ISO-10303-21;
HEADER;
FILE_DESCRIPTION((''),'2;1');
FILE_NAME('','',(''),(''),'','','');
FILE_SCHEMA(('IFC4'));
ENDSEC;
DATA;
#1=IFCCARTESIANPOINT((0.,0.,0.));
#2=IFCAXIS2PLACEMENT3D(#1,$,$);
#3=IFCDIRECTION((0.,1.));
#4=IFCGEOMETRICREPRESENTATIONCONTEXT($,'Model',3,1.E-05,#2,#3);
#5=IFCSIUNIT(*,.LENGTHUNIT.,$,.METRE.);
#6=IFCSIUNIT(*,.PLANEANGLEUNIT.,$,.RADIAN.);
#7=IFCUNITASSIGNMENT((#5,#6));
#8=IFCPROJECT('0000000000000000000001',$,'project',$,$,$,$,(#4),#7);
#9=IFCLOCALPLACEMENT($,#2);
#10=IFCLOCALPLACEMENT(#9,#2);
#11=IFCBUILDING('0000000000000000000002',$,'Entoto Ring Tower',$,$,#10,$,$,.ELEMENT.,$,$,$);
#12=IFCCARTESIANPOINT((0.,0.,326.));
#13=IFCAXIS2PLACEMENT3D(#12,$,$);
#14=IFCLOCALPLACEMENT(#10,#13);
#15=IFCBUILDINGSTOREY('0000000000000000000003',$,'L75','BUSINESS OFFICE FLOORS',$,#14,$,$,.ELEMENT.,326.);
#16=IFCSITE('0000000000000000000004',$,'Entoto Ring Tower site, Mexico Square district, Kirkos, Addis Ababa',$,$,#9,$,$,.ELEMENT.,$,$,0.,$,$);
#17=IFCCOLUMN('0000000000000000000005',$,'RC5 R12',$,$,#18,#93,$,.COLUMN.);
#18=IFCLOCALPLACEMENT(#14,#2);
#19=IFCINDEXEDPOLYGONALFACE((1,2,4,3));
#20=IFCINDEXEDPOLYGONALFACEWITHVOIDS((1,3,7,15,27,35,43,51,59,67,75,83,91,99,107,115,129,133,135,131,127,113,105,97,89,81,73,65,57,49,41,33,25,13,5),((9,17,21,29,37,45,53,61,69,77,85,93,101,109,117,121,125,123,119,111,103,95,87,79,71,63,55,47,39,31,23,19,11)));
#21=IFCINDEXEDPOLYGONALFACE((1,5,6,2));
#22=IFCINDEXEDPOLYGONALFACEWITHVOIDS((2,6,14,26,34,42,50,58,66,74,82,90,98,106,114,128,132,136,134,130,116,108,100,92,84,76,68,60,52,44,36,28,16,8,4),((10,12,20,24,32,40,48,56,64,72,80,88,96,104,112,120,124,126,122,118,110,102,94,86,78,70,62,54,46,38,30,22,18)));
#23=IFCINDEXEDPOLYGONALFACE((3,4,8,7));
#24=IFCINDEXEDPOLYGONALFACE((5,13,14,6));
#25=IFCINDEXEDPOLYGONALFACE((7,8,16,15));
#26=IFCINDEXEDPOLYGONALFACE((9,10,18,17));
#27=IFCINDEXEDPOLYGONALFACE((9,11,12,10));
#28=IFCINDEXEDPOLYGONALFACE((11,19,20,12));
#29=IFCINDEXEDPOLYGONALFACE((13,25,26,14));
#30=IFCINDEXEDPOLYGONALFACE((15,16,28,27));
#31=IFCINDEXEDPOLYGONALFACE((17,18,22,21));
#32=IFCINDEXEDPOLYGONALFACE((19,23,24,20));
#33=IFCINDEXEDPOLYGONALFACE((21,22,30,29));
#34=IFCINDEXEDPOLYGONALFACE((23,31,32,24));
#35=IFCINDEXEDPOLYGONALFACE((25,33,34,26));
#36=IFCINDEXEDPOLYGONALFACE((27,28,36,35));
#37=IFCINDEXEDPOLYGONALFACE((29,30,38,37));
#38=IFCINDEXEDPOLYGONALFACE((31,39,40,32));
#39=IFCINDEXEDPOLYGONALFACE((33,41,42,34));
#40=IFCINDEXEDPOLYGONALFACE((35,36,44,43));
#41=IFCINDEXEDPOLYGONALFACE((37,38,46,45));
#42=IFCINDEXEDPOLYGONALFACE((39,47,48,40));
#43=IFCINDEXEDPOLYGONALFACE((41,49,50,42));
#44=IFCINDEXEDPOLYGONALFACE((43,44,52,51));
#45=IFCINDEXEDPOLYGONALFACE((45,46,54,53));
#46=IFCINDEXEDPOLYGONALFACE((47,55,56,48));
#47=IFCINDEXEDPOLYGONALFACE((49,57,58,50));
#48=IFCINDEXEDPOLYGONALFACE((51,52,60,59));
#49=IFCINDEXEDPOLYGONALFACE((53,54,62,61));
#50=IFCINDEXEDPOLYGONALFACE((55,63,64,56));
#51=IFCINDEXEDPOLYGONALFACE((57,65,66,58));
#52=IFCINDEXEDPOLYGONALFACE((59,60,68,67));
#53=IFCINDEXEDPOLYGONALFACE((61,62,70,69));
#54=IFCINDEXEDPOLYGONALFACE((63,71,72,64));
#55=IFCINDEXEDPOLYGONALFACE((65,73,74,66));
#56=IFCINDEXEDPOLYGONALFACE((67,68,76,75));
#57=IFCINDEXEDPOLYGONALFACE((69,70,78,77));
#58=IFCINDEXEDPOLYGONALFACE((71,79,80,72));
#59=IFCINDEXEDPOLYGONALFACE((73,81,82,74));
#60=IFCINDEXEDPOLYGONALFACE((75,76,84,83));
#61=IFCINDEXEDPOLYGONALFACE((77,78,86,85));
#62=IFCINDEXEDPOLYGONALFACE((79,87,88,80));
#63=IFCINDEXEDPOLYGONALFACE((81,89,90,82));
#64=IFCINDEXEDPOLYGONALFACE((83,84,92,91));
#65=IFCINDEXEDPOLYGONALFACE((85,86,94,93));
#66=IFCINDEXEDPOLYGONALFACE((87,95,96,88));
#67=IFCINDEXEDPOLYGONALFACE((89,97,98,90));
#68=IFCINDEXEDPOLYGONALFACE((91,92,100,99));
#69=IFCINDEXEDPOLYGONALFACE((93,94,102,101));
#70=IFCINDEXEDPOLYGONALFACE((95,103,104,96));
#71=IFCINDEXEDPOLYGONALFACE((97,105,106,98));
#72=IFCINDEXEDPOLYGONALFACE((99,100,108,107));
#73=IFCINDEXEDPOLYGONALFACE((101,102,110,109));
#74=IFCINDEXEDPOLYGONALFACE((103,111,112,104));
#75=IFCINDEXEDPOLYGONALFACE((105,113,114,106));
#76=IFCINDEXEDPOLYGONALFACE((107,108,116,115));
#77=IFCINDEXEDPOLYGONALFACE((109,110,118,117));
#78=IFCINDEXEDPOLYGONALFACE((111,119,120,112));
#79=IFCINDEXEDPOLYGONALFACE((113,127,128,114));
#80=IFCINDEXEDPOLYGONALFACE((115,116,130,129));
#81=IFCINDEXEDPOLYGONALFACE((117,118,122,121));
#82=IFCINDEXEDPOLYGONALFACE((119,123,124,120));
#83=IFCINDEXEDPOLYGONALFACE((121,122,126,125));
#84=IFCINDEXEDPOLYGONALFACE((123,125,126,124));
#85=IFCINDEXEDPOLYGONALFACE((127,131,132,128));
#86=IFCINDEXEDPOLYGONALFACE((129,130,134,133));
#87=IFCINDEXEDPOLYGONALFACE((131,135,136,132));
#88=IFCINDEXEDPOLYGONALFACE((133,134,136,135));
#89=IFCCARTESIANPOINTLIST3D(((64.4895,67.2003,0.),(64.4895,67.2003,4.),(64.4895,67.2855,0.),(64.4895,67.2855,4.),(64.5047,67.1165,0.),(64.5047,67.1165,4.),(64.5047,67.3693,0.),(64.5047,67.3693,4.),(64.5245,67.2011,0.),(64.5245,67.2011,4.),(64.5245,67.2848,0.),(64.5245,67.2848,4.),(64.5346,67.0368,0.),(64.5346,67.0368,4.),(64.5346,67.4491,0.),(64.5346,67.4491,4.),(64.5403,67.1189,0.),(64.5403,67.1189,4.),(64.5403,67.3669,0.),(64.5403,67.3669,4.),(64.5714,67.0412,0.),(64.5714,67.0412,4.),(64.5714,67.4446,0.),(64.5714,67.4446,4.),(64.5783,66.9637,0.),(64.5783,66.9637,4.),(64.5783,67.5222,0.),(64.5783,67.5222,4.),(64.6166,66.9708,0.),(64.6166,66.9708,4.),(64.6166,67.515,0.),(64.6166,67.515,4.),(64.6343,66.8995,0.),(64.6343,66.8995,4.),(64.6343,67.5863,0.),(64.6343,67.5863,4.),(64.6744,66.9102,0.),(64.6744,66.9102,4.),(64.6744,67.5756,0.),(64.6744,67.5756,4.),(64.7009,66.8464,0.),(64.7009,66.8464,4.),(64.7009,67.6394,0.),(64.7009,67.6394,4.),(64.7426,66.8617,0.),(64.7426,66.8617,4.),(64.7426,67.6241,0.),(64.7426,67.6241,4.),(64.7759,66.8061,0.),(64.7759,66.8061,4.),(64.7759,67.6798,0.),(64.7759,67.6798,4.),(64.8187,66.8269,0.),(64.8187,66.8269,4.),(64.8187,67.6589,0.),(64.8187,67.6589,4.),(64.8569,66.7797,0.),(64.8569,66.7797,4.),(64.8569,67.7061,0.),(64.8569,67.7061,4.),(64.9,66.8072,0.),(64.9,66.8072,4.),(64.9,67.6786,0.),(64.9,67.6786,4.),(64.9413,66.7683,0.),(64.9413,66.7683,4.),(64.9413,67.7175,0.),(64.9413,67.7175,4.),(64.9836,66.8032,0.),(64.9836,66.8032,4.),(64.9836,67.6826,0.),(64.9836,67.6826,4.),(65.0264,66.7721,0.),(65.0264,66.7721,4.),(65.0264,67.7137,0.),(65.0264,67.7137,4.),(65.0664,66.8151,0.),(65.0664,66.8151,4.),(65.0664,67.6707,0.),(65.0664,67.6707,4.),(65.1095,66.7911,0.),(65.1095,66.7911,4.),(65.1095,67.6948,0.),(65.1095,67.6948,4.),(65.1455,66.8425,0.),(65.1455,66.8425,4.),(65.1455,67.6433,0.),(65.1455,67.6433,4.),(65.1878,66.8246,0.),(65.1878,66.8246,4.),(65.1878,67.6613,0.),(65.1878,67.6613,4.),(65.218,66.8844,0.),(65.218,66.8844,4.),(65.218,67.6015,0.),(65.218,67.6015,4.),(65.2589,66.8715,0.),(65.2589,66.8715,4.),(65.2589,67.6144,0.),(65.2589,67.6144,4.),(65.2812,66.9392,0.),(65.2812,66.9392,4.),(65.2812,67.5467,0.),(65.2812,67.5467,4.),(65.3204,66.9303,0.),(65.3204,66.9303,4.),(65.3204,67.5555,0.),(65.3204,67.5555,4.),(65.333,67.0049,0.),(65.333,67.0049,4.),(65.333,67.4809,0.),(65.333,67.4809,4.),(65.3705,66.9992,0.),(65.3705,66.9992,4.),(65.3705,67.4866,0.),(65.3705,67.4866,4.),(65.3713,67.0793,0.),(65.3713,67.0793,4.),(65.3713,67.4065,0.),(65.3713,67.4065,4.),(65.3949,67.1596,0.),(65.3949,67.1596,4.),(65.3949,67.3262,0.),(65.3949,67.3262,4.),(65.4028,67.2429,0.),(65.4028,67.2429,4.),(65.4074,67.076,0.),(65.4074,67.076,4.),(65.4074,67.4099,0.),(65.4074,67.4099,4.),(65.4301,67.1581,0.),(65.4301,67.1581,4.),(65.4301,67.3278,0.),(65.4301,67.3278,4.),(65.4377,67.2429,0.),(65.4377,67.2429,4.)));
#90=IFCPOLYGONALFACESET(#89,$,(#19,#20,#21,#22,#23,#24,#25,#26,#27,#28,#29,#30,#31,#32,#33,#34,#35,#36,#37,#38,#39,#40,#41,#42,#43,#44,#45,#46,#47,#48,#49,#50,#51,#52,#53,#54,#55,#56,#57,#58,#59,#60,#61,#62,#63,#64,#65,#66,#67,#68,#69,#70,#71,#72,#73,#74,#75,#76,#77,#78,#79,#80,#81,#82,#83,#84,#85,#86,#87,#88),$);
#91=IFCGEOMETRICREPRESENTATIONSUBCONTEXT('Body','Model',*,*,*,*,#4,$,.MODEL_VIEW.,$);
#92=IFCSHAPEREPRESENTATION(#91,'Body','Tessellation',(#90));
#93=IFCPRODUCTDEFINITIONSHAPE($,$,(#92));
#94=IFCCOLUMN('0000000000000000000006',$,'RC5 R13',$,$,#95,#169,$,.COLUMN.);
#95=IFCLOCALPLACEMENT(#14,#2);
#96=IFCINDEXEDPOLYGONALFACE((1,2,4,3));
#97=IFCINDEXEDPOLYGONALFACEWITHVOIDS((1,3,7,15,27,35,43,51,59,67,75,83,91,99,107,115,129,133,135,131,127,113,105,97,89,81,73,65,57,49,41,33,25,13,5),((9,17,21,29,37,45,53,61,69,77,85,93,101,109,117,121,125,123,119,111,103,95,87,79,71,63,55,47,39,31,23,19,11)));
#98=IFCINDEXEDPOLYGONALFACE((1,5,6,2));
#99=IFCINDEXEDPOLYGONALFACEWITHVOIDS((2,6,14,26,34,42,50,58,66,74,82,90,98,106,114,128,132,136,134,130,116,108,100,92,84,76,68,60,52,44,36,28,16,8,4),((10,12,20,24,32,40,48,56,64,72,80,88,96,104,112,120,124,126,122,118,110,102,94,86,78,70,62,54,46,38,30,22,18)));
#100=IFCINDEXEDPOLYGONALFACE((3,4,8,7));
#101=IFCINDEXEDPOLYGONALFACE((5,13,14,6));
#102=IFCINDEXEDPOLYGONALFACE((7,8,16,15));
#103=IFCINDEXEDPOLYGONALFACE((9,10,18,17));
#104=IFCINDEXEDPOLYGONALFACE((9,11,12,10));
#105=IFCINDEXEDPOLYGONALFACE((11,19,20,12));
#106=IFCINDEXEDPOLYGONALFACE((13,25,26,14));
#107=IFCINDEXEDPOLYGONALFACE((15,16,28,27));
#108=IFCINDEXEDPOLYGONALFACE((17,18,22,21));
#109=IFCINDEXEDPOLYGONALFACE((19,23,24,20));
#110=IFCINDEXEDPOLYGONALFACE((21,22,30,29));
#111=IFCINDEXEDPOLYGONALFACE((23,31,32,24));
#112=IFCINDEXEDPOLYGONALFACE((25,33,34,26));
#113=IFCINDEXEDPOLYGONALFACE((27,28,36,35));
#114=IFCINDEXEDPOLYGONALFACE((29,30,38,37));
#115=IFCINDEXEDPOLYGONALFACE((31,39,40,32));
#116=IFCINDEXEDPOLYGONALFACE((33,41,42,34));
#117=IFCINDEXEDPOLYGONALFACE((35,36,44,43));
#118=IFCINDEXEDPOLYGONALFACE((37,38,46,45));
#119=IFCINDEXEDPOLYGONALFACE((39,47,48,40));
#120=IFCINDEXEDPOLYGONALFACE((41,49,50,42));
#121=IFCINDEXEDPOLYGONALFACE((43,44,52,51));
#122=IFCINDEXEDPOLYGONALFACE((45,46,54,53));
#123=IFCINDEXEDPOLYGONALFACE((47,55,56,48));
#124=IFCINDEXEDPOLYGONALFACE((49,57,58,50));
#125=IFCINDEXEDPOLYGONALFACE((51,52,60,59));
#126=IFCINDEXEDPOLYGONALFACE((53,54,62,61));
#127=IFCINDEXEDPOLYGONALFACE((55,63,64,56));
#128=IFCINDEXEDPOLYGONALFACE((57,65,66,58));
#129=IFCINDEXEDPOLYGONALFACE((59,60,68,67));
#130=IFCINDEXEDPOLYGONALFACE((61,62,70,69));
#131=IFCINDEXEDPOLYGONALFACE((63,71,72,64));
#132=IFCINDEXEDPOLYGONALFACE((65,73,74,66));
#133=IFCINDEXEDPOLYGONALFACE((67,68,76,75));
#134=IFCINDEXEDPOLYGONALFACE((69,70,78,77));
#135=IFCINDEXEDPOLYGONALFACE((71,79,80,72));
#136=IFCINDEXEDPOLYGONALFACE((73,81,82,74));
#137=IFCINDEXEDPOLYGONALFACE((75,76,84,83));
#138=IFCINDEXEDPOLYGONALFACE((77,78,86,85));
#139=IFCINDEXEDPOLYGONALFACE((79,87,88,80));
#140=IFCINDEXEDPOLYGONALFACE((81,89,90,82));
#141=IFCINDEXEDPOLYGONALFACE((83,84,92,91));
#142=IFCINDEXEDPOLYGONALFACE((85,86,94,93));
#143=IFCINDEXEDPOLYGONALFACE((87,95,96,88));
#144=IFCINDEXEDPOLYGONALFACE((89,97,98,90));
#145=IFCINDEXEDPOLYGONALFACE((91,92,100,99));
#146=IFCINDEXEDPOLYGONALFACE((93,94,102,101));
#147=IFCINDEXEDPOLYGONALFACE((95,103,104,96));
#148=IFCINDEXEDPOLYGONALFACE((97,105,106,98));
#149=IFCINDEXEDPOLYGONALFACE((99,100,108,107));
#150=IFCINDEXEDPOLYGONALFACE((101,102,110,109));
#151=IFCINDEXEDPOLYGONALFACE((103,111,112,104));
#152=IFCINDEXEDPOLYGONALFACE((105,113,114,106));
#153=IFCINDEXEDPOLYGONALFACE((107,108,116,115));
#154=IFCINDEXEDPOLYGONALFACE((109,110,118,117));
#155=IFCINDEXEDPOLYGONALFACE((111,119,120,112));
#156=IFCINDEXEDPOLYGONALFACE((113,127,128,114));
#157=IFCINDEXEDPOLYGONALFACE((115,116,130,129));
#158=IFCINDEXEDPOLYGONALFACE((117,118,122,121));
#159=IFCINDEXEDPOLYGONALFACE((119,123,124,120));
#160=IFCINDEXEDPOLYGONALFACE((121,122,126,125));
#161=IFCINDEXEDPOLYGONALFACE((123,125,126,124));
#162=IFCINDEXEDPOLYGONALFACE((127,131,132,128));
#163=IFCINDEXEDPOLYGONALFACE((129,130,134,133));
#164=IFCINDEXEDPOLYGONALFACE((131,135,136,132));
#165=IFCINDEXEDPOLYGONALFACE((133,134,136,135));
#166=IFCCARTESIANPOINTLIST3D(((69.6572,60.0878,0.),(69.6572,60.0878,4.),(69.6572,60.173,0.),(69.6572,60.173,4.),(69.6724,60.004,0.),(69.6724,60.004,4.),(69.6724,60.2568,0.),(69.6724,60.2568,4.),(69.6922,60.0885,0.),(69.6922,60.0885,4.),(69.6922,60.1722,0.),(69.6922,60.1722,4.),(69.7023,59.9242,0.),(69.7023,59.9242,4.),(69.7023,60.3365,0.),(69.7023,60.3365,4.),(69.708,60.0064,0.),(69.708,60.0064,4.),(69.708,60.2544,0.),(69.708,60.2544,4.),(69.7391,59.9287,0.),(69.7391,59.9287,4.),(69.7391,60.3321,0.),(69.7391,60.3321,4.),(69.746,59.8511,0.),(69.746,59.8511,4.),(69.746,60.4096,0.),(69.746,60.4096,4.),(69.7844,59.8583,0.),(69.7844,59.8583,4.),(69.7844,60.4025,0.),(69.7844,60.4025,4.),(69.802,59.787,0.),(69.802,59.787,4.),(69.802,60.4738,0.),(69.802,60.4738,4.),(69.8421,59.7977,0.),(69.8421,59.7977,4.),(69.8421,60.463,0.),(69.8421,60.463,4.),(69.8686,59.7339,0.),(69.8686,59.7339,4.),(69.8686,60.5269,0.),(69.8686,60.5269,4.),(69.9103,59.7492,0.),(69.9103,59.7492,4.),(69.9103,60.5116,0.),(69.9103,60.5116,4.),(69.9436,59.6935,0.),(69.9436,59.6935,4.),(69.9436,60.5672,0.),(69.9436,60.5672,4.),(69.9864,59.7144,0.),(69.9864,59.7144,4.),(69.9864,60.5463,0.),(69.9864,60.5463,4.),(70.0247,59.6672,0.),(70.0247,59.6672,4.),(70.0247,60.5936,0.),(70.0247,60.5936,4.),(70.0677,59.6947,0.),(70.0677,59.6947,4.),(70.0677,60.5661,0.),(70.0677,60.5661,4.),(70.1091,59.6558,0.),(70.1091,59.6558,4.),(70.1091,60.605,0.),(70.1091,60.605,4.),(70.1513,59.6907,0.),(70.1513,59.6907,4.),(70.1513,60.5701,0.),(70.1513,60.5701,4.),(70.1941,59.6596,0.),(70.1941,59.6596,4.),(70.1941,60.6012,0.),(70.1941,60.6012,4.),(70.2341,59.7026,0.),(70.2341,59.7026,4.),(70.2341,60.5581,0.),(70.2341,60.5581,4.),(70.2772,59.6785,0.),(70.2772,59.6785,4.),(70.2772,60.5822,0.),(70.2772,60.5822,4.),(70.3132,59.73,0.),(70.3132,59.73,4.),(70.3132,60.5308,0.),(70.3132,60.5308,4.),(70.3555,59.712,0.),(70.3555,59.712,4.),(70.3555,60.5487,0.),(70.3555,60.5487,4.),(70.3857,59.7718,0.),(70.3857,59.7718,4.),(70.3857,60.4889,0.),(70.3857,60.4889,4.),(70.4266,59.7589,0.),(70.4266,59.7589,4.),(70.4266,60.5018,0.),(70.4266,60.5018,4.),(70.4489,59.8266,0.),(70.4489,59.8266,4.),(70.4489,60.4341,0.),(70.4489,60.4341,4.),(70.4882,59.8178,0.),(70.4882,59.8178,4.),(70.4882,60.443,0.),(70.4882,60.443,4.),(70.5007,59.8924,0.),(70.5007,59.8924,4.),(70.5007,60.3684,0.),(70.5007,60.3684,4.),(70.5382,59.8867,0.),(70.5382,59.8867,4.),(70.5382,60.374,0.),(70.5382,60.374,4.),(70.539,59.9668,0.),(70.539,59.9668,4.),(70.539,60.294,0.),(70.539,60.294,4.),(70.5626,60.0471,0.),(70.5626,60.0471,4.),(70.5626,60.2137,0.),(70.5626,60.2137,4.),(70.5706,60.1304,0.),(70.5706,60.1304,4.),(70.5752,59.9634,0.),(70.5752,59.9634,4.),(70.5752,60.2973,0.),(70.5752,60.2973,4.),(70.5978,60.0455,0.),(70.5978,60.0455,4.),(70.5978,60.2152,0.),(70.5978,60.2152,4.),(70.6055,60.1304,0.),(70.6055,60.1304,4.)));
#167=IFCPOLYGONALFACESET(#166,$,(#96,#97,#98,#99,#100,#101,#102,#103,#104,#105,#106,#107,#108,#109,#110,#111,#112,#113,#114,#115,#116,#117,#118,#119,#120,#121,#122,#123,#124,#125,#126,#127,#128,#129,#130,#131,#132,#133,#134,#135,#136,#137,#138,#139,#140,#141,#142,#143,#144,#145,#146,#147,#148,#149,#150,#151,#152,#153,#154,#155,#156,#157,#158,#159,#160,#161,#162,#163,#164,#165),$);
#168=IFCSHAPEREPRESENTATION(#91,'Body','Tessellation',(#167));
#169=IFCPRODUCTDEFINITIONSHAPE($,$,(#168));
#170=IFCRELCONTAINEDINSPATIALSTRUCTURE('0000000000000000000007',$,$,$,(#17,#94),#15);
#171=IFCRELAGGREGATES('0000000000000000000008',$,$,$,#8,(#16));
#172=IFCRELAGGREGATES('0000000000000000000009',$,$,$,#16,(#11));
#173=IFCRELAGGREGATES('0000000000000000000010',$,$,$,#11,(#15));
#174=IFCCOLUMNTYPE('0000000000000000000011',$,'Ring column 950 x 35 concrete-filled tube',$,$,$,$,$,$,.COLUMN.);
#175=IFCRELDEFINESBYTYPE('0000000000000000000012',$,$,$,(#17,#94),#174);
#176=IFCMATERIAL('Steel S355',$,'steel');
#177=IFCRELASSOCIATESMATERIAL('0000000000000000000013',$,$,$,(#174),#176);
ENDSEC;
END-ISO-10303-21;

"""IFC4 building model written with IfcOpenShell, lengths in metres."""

from ifc_helpers import new_model, si_unit, direction, frame, origin, origin_2d, place, context, subcontext, project, spatial, circle, hollow_circle, extrude, material, material_profile, profile_set, type_object, element, save


model = new_model("IFC4")

# Units and contexts
model_context = context("Model", 3, precision=1e-05, world=origin(), true_north=direction((0.0, 1.0)))
body_context = subcontext(model_context, "Body", "Model", "MODEL_VIEW")
ifc_project = project(units=[si_unit("LENGTHUNIT", "METRE"), si_unit("PLANEANGLEUNIT", "RADIAN")], contexts=[model_context])

# Site, building, storey
site_placement = place(None, origin())
site = spatial("IfcSite", under=ifc_project, at=site_placement, Name="Entoto Ring Tower site, Mexico Square district, Kirkos, Addis Ababa", CompositionType="ELEMENT", RefElevation=0.0)
building_placement = place(site_placement, origin())
building = spatial("IfcBuilding", under=site, at=building_placement, Name="Entoto Ring Tower", CompositionType="ELEMENT")
storey_placement = place(building_placement, frame((0.0, 0.0, 326.0)))
storey = spatial("IfcBuildingStorey", under=building, at=storey_placement, Name="L75", Description="BUSINESS OFFICE FLOORS", CompositionType="ELEMENT", Elevation=326.0)

# Columns
ifc_material_1 = material(Name="Steel S355", Category="steel")
ifc_material_profile_1 = material_profile(ifc_material_1, hollow_circle(Radius=0.4751, WallThickness=0.0349, at=origin_2d()), Name="CHS 950 x 35")
ifc_material_2 = material(Name="Concrete C60/75", Category="concrete")
ifc_material_profile_2 = material_profile(ifc_material_2, circle(Radius=0.4399, at=origin_2d()), Name="Concrete C60/75 infill")
ifc_profile_set_1 = profile_set([ifc_material_profile_1, ifc_material_profile_2], Name="Steel S355")
column_type = type_object("IfcColumnType", Name="Ring column 950 x 35 concrete-filled tube", PredefinedType="COLUMN", material=ifc_profile_set_1)
for number, where, z_axis, x_axis, name in (
    (1, (64.9626, 67.2429, 0.0), (0.0, 0.0, 1.0), (1.0, 0.0, 0.0), "RC5 R12"),
    (2, (70.1304, 60.1304, 0.0), (0.0, 0.0, 1.0), (1.0, 0.0, 0.0), "RC5 R13"),
):
    element("IfcColumn", number, at=place(storey_placement, frame(where, z_axis=z_axis, x_axis=x_axis)), inside=storey, type_object=column_type, Name=name, PredefinedType="COLUMN", context=body_context, shape_type="SweptSolid", body=[
        extrude(hollow_circle(Radius=0.4751, WallThickness=0.0349, at=origin_2d()), origin(), (0.0, 0.0, 1.0), 4.0),
    ])

save(model, "model.ifc")
